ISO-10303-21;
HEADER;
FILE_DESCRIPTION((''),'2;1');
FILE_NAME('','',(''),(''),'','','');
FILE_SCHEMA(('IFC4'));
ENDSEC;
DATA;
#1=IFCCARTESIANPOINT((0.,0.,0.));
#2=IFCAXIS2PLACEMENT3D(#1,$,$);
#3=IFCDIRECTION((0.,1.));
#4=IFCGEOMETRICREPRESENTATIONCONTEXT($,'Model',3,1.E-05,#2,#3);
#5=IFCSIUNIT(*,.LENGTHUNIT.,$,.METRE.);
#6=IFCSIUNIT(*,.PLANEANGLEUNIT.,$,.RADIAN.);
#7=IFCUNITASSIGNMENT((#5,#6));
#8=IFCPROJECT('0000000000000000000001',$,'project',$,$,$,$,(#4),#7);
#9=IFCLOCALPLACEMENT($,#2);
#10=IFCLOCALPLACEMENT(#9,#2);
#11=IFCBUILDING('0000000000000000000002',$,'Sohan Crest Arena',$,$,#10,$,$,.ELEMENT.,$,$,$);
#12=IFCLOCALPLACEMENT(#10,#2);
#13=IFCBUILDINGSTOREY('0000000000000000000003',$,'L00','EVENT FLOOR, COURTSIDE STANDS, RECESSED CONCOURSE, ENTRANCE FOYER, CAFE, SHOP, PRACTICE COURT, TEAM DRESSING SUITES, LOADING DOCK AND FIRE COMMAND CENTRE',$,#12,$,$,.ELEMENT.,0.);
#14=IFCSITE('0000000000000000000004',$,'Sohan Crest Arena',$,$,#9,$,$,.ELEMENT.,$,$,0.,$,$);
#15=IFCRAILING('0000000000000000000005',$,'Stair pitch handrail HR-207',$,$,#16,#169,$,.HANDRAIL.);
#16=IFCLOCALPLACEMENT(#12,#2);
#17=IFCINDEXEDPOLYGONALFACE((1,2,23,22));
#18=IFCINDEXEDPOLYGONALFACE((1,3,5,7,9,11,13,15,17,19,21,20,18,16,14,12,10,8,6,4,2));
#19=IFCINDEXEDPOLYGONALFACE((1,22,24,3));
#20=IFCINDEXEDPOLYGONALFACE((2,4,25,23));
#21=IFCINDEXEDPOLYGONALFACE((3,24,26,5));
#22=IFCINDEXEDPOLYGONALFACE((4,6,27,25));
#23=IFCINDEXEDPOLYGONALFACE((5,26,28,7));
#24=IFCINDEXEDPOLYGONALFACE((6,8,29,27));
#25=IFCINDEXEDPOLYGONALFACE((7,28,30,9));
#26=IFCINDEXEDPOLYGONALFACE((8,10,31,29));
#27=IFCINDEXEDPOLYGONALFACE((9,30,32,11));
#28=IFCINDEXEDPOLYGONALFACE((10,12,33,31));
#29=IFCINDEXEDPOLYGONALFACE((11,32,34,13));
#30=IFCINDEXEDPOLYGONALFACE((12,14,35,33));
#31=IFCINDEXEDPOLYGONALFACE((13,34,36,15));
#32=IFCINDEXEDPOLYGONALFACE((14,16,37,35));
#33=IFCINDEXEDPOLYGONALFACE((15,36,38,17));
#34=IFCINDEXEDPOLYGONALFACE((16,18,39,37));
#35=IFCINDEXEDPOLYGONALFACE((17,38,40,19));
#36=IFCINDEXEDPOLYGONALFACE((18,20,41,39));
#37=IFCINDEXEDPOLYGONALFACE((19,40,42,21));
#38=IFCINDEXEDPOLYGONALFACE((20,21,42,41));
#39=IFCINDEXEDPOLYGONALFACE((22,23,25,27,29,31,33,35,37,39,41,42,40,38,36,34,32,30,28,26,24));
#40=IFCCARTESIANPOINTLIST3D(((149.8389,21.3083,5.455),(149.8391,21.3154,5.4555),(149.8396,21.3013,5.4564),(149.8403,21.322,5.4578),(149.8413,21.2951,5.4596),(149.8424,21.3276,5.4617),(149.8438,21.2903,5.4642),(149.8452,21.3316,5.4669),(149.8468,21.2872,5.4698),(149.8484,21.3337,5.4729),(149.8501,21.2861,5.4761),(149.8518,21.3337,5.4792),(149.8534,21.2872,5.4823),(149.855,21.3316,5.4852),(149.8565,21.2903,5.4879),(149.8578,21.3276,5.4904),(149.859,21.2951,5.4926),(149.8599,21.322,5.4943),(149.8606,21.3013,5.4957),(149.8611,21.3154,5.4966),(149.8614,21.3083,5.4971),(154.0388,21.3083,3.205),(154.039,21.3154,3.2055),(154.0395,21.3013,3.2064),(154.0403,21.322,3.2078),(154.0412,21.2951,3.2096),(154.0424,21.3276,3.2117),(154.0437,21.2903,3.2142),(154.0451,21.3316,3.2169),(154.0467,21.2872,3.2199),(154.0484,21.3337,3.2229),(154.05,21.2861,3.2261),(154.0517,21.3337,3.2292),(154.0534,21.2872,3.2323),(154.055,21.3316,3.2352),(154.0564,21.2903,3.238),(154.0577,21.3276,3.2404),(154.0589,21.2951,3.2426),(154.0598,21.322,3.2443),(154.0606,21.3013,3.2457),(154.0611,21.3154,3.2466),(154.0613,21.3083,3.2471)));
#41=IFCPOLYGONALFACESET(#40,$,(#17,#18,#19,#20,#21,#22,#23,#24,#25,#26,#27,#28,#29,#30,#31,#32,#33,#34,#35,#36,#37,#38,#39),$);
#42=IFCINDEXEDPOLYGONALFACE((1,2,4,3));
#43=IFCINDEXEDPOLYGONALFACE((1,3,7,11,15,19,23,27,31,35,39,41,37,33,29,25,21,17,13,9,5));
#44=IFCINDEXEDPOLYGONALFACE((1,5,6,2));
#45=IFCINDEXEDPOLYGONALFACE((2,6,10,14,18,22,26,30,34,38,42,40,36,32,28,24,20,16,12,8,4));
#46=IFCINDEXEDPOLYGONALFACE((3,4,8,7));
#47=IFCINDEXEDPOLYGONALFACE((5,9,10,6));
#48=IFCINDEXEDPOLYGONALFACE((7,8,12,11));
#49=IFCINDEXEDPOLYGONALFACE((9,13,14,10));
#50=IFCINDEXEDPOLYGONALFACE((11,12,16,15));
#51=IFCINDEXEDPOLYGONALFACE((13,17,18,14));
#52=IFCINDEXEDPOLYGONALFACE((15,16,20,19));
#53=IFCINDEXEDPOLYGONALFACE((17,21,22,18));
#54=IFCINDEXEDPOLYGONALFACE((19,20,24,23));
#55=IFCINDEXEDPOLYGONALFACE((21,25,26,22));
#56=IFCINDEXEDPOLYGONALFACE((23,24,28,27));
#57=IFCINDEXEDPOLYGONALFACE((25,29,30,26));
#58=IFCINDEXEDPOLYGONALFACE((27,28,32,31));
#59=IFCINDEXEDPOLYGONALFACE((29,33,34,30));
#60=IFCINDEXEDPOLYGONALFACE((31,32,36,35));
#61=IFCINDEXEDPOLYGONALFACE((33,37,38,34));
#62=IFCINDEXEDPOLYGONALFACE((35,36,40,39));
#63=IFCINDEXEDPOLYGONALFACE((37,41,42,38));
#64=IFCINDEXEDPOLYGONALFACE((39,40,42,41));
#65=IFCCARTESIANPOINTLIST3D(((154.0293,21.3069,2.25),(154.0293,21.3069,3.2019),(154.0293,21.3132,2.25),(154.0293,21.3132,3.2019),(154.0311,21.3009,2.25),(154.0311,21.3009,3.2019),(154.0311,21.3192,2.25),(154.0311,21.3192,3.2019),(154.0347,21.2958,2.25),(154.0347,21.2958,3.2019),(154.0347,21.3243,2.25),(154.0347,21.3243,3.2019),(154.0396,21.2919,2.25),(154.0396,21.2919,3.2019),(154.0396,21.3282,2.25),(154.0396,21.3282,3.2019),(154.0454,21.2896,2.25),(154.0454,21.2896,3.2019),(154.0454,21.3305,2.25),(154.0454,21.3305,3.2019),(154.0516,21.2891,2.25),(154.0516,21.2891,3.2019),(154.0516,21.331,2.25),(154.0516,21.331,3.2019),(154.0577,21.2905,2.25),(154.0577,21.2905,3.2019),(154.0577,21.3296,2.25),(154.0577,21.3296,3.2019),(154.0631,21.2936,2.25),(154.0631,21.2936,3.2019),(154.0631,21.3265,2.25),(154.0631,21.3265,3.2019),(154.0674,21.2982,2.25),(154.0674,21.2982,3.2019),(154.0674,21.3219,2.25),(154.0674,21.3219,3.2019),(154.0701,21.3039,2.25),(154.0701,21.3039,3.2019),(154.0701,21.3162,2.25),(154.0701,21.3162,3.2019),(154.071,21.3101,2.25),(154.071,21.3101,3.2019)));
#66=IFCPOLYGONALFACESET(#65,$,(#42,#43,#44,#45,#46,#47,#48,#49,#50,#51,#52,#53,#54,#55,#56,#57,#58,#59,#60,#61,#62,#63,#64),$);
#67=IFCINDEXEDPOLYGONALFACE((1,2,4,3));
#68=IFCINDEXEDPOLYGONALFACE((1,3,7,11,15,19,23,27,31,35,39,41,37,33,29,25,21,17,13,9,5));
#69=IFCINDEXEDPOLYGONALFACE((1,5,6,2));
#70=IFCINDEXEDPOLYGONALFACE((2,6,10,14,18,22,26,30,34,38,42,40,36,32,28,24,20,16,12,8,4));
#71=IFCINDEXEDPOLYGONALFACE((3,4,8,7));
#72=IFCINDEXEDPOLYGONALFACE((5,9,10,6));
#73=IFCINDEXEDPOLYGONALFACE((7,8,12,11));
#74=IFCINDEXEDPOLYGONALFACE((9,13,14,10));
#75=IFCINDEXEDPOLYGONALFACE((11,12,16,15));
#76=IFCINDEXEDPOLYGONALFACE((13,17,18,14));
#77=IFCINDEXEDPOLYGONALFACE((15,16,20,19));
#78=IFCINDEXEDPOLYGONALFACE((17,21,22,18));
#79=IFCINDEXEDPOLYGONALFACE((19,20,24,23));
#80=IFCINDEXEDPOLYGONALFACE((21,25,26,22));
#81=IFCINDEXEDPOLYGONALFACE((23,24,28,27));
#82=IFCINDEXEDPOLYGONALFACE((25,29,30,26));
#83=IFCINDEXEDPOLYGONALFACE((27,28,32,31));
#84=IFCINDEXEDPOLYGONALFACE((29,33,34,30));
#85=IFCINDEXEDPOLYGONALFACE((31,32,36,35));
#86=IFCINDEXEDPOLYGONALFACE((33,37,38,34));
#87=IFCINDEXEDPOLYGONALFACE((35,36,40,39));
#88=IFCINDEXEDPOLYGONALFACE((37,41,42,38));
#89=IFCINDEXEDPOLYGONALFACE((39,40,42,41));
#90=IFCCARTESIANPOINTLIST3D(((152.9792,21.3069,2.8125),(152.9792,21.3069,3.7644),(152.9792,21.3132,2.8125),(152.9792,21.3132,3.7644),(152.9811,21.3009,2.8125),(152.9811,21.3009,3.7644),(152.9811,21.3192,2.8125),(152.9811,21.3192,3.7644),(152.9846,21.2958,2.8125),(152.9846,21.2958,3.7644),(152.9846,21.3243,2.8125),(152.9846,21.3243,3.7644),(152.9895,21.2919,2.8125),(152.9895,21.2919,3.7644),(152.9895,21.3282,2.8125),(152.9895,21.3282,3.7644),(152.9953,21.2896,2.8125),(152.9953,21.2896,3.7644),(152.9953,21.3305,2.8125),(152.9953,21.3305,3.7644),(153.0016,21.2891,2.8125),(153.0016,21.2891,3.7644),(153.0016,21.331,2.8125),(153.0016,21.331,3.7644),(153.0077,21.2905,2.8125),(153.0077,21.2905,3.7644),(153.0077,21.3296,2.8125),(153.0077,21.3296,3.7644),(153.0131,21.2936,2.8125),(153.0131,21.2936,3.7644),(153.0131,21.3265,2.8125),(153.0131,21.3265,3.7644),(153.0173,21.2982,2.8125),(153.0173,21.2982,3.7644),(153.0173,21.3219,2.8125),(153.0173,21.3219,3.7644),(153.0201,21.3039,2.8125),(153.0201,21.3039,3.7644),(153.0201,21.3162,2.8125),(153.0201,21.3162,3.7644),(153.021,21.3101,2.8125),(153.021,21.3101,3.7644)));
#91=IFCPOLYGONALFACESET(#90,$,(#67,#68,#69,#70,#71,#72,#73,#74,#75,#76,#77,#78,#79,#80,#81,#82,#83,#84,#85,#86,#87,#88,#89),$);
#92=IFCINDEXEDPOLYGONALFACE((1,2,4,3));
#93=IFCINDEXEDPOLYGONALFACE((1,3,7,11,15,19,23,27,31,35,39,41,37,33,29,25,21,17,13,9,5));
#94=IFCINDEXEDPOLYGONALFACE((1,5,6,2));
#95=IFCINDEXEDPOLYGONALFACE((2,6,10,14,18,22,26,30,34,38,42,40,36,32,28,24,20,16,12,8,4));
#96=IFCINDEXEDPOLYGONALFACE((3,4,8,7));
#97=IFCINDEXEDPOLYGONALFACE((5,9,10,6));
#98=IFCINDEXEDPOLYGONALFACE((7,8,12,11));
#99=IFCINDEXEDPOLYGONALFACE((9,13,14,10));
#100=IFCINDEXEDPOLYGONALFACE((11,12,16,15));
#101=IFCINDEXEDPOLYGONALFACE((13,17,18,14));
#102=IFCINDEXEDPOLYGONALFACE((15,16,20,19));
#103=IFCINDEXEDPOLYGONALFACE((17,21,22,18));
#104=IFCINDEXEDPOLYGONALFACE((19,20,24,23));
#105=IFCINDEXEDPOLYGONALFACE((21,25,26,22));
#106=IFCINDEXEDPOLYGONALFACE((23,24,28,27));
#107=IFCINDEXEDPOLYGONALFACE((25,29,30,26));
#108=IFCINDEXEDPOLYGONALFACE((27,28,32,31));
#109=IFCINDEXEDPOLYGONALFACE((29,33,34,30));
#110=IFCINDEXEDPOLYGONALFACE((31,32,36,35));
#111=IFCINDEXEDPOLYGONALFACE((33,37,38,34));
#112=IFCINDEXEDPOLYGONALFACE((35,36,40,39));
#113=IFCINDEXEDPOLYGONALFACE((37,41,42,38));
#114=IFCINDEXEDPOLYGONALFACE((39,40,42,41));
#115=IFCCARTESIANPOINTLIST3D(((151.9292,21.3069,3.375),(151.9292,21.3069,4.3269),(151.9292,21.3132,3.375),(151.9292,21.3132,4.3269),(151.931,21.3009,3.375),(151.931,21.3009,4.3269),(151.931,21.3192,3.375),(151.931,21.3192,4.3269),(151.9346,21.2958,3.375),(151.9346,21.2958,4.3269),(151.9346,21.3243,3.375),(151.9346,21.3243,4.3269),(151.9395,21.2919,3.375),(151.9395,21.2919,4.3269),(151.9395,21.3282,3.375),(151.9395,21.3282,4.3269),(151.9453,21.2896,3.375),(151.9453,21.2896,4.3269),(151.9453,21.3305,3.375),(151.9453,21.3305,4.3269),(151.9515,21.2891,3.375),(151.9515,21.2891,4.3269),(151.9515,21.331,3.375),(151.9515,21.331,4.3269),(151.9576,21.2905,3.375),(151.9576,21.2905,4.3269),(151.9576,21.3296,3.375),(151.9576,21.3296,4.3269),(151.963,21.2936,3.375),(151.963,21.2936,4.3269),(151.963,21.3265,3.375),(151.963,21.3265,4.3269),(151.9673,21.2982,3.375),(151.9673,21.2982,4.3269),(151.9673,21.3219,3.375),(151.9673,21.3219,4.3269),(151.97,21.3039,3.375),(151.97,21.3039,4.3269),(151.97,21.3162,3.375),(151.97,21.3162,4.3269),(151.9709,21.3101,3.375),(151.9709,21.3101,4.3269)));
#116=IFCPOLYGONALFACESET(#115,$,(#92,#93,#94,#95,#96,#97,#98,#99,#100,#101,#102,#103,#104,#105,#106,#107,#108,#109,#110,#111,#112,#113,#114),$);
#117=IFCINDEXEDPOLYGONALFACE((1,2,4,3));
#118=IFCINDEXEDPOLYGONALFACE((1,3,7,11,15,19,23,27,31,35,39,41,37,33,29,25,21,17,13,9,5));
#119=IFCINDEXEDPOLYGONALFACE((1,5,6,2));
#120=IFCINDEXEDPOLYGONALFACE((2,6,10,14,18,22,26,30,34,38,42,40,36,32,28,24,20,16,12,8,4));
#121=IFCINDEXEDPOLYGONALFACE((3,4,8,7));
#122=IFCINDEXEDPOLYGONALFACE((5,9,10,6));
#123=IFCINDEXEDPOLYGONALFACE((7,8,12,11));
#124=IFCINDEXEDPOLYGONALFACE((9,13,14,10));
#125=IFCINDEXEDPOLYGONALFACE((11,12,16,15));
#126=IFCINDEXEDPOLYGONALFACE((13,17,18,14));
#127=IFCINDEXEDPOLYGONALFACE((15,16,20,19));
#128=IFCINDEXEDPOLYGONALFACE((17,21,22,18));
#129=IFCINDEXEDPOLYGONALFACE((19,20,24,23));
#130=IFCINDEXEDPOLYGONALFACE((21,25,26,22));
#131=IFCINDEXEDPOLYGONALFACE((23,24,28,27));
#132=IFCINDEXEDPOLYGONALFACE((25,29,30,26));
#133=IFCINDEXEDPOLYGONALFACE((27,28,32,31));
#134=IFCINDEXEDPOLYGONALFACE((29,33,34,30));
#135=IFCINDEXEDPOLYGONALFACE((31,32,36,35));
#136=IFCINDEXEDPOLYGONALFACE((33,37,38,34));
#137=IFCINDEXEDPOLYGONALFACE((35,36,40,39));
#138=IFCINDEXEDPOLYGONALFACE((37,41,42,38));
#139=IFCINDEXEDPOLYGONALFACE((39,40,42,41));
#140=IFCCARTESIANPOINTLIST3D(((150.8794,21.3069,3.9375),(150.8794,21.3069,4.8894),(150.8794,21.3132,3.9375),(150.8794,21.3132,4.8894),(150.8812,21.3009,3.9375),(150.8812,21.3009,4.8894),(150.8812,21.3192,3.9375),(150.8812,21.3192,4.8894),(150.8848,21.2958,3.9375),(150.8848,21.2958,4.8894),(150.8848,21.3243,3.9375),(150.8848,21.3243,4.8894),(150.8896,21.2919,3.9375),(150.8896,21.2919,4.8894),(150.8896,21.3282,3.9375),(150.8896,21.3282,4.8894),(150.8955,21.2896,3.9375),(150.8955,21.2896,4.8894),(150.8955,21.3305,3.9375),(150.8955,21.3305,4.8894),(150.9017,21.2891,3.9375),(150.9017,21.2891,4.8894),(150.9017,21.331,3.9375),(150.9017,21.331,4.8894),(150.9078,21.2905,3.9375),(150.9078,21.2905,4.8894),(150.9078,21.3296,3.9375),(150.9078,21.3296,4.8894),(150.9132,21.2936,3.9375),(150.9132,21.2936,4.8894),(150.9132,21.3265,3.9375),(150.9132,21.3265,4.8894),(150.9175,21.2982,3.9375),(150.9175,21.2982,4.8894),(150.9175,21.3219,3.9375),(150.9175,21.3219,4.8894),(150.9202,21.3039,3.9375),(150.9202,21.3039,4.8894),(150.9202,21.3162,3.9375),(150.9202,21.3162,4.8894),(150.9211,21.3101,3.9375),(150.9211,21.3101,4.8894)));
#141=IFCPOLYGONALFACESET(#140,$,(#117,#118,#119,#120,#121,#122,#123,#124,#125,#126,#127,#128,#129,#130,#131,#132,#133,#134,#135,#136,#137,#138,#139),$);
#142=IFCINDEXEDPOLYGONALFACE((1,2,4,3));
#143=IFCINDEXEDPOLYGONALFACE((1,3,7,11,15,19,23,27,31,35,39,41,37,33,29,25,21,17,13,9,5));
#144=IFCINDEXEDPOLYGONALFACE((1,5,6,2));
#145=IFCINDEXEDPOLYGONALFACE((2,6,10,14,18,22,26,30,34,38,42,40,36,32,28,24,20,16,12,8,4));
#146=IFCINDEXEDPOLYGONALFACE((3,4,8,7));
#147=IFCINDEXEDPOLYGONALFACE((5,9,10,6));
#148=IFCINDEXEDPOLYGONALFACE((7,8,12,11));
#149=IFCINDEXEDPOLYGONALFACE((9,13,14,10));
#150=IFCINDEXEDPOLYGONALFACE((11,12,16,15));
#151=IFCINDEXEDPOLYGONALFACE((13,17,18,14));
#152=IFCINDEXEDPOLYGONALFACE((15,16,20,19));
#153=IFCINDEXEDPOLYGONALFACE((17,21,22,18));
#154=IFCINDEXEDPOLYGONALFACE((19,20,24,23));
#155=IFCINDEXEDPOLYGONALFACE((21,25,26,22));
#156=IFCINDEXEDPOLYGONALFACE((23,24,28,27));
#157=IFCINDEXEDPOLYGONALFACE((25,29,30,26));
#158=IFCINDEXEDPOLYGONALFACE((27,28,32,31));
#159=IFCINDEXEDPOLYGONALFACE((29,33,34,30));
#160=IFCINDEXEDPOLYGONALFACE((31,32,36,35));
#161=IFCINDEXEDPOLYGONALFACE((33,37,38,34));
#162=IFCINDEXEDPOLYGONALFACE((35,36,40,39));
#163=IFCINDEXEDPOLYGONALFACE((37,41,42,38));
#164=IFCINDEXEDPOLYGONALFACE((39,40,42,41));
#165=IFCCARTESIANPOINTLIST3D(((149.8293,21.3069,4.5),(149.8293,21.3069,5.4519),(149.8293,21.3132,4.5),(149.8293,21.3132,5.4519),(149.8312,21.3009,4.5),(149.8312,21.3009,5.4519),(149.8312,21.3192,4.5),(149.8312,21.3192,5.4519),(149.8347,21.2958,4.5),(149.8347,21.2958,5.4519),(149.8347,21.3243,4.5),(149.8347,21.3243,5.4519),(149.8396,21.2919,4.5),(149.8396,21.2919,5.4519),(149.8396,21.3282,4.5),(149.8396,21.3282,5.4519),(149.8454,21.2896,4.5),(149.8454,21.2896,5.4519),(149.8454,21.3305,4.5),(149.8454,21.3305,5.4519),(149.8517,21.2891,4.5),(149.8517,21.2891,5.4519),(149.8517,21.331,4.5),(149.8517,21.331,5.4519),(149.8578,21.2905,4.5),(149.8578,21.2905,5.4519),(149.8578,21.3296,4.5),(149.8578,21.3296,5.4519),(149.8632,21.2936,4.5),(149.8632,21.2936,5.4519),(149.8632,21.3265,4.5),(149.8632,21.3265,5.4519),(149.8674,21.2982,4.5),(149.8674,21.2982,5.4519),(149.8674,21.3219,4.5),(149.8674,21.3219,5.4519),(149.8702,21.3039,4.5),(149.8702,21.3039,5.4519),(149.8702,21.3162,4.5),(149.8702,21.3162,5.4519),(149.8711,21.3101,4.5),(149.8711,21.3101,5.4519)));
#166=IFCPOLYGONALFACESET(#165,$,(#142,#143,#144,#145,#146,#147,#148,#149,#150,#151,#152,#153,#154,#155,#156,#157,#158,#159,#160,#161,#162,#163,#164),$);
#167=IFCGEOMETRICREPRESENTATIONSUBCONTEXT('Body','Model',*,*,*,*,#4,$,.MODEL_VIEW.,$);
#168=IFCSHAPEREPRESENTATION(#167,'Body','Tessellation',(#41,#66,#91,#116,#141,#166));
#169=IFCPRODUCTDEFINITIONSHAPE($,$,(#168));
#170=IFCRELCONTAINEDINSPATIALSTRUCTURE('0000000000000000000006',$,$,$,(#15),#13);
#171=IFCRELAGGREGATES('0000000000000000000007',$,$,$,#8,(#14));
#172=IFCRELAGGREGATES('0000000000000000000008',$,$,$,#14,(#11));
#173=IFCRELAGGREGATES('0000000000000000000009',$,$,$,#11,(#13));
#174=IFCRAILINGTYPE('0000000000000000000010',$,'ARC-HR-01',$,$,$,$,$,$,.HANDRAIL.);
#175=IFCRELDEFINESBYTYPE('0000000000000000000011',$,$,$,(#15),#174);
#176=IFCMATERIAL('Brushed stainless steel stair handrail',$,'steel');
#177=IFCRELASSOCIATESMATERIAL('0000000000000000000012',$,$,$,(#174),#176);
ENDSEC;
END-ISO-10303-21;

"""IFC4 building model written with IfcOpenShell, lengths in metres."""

from ifc_helpers import new_model, si_unit, direction, frame, origin, origin_2d, place, context, subcontext, project, spatial, circle, extrude, material, type_object, element, save


model = new_model("IFC4")

# Units and contexts
model_context = context("Model", 3, precision=1e-05, world=origin(), true_north=direction((0.0, 1.0)))
body_context = subcontext(model_context, "Body", "Model", "MODEL_VIEW")
ifc_project = project(units=[si_unit("LENGTHUNIT", "METRE"), si_unit("PLANEANGLEUNIT", "RADIAN")], contexts=[model_context])

# Site, building, storey
site_placement = place(None, origin())
site = spatial("IfcSite", under=ifc_project, at=site_placement, Name="Sohan Crest Arena", CompositionType="ELEMENT", RefElevation=0.0)
building_placement = place(site_placement, origin())
building = spatial("IfcBuilding", under=site, at=building_placement, Name="Sohan Crest Arena", CompositionType="ELEMENT")
storey_placement = place(building_placement, origin())
storey = spatial("IfcBuildingStorey", under=building, at=storey_placement, Name="L00", Description="EVENT FLOOR, COURTSIDE STANDS, RECESSED CONCOURSE, ENTRANCE FOYER, CAFE, SHOP, PRACTICE COURT, TEAM DRESSING SUITES, LOADING DOCK AND FIRE COMMAND CENTRE", CompositionType="ELEMENT", Elevation=0.0)

# Railing
ifc_material_1 = material(Name="Brushed stainless steel stair handrail", Category="steel")
railing_type_1 = type_object("IfcRailingType", Name="ARC-HR-01", PredefinedType="HANDRAIL", material=ifc_material_1)
railing_1_placement = place(storey_placement, frame((154.05, 21.3101, 2.25)))
element("IfcRailing", 1, at=railing_1_placement, inside=storey, type_object=railing_type_1, Name="Stair pitch handrail HR-207", PredefinedType="HANDRAIL", context=body_context, shape_type="SweptSolid", body=[
    extrude(circle(Radius=0.0239, at=origin_2d()), frame((0.0, 0.0, 0.9761), z_axis=(-0.881478, 0.0, 0.472226), x_axis=(0.0, -1.0, 0.0)), (0.0, 0.0, 1.0), 4.7646),
    extrude(circle(Radius=0.021, at=origin_2d()), origin(), (0.0, 0.0, 1.0), 0.9519),
    extrude(circle(Radius=0.021, at=origin_2d()), frame((-1.05, 0.0, 0.5625)), (0.0, 0.0, 1.0), 0.9519),
    extrude(circle(Radius=0.021, at=origin_2d()), frame((-2.1001, 0.0, 1.125)), (0.0, 0.0, 1.0), 0.9519),
    extrude(circle(Radius=0.021, at=origin_2d()), frame((-3.1499, 0.0, 1.6875)), (0.0, 0.0, 1.0), 0.9519),
    extrude(circle(Radius=0.021, at=origin_2d()), frame((-4.2, 0.0, 2.25)), (0.0, 0.0, 1.0), 0.9519),
])

save(model, "model.ifc")
